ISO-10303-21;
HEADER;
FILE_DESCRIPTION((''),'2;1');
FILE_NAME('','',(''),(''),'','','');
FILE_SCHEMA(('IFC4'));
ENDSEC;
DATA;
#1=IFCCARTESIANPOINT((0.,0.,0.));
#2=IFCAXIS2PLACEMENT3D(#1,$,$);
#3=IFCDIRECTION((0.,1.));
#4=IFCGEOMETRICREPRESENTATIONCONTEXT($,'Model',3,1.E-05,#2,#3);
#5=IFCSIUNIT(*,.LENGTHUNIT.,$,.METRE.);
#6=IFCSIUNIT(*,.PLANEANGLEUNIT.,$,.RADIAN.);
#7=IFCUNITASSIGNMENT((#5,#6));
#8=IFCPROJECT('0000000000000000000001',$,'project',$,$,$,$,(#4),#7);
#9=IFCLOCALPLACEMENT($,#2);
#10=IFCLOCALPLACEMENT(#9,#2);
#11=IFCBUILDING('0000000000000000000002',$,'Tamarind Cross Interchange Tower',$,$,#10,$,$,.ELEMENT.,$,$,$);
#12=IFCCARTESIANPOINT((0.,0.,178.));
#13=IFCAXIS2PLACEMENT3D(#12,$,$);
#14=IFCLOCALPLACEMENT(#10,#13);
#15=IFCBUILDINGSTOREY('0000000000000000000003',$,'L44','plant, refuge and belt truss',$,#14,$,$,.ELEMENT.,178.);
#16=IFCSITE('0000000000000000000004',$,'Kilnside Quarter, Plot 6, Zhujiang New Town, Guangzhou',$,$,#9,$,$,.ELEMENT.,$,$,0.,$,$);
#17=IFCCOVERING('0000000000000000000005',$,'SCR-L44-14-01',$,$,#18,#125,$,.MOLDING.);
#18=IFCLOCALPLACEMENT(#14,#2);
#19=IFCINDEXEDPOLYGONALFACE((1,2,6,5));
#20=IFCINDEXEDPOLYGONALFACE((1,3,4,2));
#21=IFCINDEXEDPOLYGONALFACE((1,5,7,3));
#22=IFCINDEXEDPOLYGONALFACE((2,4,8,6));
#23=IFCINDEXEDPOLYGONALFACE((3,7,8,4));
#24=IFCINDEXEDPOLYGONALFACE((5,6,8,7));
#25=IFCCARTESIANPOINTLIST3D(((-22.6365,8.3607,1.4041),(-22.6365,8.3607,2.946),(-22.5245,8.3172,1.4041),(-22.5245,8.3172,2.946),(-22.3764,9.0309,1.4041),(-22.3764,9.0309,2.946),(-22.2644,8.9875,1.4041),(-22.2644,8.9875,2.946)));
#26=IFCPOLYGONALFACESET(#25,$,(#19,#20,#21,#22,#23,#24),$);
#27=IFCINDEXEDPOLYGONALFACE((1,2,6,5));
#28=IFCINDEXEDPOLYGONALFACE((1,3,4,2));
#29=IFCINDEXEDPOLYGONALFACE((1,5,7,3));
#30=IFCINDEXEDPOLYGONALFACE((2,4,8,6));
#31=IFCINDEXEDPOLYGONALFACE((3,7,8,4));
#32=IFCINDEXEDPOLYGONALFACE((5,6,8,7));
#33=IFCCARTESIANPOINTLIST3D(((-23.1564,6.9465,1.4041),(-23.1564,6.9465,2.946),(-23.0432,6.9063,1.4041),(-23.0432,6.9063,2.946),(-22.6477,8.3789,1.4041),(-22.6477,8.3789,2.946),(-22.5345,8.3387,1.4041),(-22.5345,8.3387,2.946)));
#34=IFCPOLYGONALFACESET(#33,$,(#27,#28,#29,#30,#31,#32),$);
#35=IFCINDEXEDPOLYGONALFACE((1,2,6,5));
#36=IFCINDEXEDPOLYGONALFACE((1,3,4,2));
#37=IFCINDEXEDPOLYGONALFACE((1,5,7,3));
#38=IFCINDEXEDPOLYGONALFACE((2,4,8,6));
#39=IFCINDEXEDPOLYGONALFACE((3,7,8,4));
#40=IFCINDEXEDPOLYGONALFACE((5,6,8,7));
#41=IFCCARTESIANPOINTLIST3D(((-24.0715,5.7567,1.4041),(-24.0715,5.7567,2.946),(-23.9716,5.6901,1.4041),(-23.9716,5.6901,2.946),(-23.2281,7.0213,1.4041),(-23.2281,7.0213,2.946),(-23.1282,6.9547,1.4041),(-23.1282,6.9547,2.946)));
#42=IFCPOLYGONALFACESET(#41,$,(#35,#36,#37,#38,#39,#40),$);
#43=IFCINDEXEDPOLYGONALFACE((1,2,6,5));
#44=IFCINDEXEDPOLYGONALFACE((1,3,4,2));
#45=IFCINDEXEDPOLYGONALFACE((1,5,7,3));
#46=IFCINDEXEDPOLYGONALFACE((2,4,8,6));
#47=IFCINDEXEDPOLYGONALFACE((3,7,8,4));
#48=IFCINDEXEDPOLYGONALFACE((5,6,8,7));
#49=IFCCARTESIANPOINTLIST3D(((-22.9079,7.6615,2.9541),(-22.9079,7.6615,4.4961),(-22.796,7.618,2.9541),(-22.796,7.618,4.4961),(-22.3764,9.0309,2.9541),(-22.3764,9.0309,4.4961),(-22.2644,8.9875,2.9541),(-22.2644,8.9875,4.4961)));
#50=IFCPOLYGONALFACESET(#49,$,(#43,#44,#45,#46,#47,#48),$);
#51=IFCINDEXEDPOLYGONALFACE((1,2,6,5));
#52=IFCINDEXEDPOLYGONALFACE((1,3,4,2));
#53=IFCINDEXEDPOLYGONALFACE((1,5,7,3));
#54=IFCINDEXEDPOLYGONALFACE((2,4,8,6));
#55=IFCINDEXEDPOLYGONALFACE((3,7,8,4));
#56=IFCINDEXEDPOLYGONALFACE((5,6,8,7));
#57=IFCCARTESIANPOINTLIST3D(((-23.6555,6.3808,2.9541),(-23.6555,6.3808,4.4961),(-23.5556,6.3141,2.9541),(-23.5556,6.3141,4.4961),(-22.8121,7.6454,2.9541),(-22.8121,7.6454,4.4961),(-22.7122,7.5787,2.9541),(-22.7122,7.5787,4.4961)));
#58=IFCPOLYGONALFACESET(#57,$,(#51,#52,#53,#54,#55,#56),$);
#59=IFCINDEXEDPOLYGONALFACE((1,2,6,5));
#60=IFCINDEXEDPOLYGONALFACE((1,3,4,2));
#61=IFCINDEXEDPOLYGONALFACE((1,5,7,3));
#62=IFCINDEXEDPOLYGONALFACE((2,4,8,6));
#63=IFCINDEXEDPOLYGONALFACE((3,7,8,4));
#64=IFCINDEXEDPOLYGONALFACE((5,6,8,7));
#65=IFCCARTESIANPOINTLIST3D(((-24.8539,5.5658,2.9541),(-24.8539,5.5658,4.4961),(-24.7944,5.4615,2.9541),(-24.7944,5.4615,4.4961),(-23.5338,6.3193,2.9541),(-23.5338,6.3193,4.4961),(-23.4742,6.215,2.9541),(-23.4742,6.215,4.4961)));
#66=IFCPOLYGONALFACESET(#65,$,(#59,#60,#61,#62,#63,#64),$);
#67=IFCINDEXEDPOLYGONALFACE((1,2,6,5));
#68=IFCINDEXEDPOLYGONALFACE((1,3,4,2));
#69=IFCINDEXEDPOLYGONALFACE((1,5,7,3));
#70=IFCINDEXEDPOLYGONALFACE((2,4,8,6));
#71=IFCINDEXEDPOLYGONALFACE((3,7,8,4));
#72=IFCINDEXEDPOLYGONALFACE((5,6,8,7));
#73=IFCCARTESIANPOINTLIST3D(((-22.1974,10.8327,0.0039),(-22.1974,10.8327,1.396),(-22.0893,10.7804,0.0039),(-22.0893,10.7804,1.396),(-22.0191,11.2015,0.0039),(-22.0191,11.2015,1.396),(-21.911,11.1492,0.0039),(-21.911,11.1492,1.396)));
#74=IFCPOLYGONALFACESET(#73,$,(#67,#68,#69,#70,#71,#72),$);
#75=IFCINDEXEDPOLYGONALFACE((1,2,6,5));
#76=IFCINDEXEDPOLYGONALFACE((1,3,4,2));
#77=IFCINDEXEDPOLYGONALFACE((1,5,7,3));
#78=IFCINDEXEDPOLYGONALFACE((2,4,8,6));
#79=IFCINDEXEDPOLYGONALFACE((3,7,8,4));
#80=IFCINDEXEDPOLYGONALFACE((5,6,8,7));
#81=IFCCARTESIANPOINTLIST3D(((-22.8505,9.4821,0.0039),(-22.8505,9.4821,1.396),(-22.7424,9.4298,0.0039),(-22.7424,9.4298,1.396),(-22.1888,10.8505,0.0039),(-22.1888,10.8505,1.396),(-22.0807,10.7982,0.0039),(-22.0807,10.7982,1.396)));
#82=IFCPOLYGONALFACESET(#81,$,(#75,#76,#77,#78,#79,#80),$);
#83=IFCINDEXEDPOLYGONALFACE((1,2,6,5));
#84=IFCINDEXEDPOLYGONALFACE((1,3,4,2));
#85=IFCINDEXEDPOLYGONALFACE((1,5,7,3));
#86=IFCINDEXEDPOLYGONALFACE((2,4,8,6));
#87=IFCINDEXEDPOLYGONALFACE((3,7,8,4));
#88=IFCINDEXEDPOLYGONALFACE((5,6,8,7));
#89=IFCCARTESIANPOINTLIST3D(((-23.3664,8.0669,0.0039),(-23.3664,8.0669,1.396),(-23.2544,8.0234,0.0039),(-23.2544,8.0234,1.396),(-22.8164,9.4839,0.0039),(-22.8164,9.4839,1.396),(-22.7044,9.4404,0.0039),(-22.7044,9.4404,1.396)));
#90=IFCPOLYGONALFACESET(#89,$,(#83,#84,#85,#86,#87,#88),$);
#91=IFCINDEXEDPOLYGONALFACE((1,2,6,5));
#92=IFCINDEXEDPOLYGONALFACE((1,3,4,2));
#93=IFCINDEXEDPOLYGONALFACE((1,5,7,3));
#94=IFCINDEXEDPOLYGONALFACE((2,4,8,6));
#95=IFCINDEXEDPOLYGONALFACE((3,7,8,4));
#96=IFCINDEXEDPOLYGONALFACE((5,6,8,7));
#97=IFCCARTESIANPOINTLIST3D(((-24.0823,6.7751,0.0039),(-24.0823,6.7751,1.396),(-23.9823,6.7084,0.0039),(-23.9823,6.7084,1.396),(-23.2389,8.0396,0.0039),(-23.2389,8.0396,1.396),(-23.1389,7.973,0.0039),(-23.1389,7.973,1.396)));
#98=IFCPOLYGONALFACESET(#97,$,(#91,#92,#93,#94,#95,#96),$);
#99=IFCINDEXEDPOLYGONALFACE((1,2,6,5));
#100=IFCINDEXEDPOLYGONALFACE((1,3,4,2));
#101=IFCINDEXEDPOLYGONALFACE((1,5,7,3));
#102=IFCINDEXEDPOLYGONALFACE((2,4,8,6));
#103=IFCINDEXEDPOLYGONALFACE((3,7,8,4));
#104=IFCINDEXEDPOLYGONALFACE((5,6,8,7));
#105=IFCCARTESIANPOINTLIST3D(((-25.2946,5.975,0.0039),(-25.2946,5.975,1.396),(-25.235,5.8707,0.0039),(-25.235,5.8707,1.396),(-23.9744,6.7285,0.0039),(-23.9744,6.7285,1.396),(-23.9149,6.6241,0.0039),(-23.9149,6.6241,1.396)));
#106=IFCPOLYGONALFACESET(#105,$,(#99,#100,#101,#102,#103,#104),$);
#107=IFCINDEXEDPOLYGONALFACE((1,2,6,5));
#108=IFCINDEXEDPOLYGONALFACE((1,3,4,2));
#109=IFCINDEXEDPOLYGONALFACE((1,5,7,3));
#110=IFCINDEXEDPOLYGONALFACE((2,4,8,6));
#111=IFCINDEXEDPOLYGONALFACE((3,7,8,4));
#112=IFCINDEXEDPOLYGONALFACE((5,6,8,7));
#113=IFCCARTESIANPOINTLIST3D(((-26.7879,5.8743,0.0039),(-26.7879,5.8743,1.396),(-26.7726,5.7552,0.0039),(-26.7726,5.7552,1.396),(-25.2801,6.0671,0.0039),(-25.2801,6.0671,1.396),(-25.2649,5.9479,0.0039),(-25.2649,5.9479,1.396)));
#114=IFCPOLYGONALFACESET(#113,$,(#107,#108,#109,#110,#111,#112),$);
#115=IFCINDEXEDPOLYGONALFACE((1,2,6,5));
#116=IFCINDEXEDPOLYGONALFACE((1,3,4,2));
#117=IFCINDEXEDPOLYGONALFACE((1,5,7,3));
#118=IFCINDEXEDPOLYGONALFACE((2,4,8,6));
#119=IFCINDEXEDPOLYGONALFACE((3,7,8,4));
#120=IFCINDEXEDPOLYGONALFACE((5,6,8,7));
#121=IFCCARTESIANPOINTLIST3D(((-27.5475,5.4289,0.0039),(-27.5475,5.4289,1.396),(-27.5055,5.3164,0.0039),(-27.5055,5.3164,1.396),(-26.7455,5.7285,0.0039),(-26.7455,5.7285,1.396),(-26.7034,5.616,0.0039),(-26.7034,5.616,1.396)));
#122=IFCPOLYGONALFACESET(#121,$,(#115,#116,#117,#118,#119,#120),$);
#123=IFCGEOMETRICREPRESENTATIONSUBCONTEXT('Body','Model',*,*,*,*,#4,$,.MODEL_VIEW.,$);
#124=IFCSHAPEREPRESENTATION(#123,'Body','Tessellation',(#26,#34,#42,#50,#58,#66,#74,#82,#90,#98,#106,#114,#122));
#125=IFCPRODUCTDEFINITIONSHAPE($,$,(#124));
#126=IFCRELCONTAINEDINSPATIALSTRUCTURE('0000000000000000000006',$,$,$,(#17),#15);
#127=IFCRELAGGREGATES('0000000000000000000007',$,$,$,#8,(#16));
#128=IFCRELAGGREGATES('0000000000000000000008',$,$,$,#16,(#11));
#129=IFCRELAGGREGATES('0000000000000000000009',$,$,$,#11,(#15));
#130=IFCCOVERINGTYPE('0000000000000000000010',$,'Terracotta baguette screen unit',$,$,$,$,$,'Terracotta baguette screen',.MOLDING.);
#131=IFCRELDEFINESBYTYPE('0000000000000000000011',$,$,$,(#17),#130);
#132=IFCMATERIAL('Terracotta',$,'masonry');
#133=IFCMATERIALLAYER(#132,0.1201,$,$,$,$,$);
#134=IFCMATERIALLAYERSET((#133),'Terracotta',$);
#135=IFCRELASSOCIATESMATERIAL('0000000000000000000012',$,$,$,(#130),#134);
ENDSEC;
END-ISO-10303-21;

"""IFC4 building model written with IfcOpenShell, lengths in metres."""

from ifc_helpers import new_model, si_unit, direction, frame, origin, origin_2d, place, context, subcontext, project, spatial, rectangle, extrude, material, layer, layer_set, type_object, element, save


model = new_model("IFC4")

# Units and contexts
model_context = context("Model", 3, precision=1e-05, world=origin(), true_north=direction((0.0, 1.0)))
body_context = subcontext(model_context, "Body", "Model", "MODEL_VIEW")
ifc_project = project(units=[si_unit("LENGTHUNIT", "METRE"), si_unit("PLANEANGLEUNIT", "RADIAN")], contexts=[model_context])

# Site, building, storey
site_placement = place(None, origin())
site = spatial("IfcSite", under=ifc_project, at=site_placement, Name="Kilnside Quarter, Plot 6, Zhujiang New Town, Guangzhou", CompositionType="ELEMENT", RefElevation=0.0)
building_placement = place(site_placement, origin())
building = spatial("IfcBuilding", under=site, at=building_placement, Name="Tamarind Cross Interchange Tower", CompositionType="ELEMENT")
storey_placement = place(building_placement, frame((0.0, 0.0, 178.0)))
storey = spatial("IfcBuildingStorey", under=building, at=storey_placement, Name="L44", Description="plant, refuge and belt truss", CompositionType="ELEMENT", Elevation=178.0)

# Covering
ifc_material_1 = material(Name="Terracotta", Category="masonry")
ifc_layer_1 = layer(ifc_material_1, 0.1201)
ifc_layer_set_1 = layer_set([ifc_layer_1], Name="Terracotta")
covering_type = type_object("IfcCoveringType", Name="Terracotta baguette screen unit", ElementType="Terracotta baguette screen", PredefinedType="MOLDING", material=ifc_layer_set_1)
covering_1_placement = place(storey_placement, origin())
element("IfcCovering", 1, at=covering_1_placement, inside=storey, type_object=covering_type, Name="SCR-L44-14-01", PredefinedType="MOLDING", context=body_context, shape_type="SweptSolid", body=[
    extrude(rectangle(XDim=0.719, YDim=0.1201, at=origin_2d()), frame((-22.4504, 8.6741, 1.4041), z_axis=(0.0, 0.0, 1.0), x_axis=(-0.361835, -0.932242, 0.0)), (0.0, 0.0, 1.0), 1.542),
    extrude(rectangle(XDim=1.52, YDim=0.1201, at=origin_2d()), frame((-22.8455, 7.6426, 1.4041), z_axis=(0.0, 0.0, 1.0), x_axis=(-0.334671, -0.942335, 0.0)), (0.0, 0.0, 1.0), 1.542),
    extrude(rectangle(XDim=1.52, YDim=0.1201, at=origin_2d()), frame((-23.5999, 6.3557, 1.4041), z_axis=(0.0, 0.0, 1.0), x_axis=(-0.554848, -0.831952, 0.0)), (0.0, 0.0, 1.0), 1.542),
    extrude(rectangle(XDim=1.469, YDim=0.1201, at=origin_2d()), frame((-22.5862, 8.3245, 2.9541), z_axis=(0.0, 0.0, 1.0), x_axis=(-0.361835, -0.932242, 0.0)), (0.0, 0.0, 1.0), 1.542),
    extrude(rectangle(XDim=1.52, YDim=0.1201, at=origin_2d()), frame((-23.1838, 6.9797, 2.9541), z_axis=(0.0, 0.0, 1.0), x_axis=(-0.554848, -0.831952, 0.0)), (0.0, 0.0, 1.0), 1.542),
    extrude(rectangle(XDim=1.52, YDim=0.1201, at=origin_2d()), frame((-24.1641, 5.8904, 2.9541), z_axis=(0.0, 0.0, 1.0), x_axis=(-0.868489, -0.495709, 0.0)), (0.0, 0.0, 1.0), 1.542),
    extrude(rectangle(XDim=0.4097, YDim=0.1201, at=origin_2d()), frame((-22.0542, 10.991, 0.0039), z_axis=(0.0, 0.0, 1.0), x_axis=(-0.435326, -0.900273, 0.0)), (0.0, 0.0, 1.0), 1.3921),
    extrude(rectangle(XDim=1.52, YDim=0.1201, at=origin_2d()), frame((-22.4656, 10.1401, 0.0039), z_axis=(0.0, 0.0, 1.0), x_axis=(-0.435326, -0.900273, 0.0)), (0.0, 0.0, 1.0), 1.3921),
    extrude(rectangle(XDim=1.52, YDim=0.1201, at=origin_2d()), frame((-23.0354, 8.7537, 0.0039), z_axis=(0.0, 0.0, 1.0), x_axis=(-0.361835, -0.932242, 0.0)), (0.0, 0.0, 1.0), 1.3921),
    extrude(rectangle(XDim=1.52, YDim=0.1201, at=origin_2d()), frame((-23.6106, 7.374, 0.0039), z_axis=(0.0, 0.0, 1.0), x_axis=(-0.554848, -0.831952, 0.0)), (0.0, 0.0, 1.0), 1.3921),
    extrude(rectangle(XDim=1.52, YDim=0.1201, at=origin_2d()), frame((-24.6047, 6.2996, 0.0039), z_axis=(0.0, 0.0, 1.0), x_axis=(-0.868489, -0.495709, 0.0)), (0.0, 0.0, 1.0), 1.3921),
    extrude(rectangle(XDim=1.52, YDim=0.1201, at=origin_2d()), frame((-26.0264, 5.9111, 0.0039), z_axis=(0.0, 0.0, 1.0), x_axis=(-0.991925, -0.126823, 0.0)), (0.0, 0.0, 1.0), 1.3921),
    extrude(rectangle(XDim=0.8562, YDim=0.1201, at=origin_2d()), frame((-27.1255, 5.5225, 0.0039), z_axis=(0.0, 0.0, 1.0), x_axis=(-0.93678, -0.349919, 0.0)), (0.0, 0.0, 1.0), 1.3921),
])

save(model, "model.ifc")
